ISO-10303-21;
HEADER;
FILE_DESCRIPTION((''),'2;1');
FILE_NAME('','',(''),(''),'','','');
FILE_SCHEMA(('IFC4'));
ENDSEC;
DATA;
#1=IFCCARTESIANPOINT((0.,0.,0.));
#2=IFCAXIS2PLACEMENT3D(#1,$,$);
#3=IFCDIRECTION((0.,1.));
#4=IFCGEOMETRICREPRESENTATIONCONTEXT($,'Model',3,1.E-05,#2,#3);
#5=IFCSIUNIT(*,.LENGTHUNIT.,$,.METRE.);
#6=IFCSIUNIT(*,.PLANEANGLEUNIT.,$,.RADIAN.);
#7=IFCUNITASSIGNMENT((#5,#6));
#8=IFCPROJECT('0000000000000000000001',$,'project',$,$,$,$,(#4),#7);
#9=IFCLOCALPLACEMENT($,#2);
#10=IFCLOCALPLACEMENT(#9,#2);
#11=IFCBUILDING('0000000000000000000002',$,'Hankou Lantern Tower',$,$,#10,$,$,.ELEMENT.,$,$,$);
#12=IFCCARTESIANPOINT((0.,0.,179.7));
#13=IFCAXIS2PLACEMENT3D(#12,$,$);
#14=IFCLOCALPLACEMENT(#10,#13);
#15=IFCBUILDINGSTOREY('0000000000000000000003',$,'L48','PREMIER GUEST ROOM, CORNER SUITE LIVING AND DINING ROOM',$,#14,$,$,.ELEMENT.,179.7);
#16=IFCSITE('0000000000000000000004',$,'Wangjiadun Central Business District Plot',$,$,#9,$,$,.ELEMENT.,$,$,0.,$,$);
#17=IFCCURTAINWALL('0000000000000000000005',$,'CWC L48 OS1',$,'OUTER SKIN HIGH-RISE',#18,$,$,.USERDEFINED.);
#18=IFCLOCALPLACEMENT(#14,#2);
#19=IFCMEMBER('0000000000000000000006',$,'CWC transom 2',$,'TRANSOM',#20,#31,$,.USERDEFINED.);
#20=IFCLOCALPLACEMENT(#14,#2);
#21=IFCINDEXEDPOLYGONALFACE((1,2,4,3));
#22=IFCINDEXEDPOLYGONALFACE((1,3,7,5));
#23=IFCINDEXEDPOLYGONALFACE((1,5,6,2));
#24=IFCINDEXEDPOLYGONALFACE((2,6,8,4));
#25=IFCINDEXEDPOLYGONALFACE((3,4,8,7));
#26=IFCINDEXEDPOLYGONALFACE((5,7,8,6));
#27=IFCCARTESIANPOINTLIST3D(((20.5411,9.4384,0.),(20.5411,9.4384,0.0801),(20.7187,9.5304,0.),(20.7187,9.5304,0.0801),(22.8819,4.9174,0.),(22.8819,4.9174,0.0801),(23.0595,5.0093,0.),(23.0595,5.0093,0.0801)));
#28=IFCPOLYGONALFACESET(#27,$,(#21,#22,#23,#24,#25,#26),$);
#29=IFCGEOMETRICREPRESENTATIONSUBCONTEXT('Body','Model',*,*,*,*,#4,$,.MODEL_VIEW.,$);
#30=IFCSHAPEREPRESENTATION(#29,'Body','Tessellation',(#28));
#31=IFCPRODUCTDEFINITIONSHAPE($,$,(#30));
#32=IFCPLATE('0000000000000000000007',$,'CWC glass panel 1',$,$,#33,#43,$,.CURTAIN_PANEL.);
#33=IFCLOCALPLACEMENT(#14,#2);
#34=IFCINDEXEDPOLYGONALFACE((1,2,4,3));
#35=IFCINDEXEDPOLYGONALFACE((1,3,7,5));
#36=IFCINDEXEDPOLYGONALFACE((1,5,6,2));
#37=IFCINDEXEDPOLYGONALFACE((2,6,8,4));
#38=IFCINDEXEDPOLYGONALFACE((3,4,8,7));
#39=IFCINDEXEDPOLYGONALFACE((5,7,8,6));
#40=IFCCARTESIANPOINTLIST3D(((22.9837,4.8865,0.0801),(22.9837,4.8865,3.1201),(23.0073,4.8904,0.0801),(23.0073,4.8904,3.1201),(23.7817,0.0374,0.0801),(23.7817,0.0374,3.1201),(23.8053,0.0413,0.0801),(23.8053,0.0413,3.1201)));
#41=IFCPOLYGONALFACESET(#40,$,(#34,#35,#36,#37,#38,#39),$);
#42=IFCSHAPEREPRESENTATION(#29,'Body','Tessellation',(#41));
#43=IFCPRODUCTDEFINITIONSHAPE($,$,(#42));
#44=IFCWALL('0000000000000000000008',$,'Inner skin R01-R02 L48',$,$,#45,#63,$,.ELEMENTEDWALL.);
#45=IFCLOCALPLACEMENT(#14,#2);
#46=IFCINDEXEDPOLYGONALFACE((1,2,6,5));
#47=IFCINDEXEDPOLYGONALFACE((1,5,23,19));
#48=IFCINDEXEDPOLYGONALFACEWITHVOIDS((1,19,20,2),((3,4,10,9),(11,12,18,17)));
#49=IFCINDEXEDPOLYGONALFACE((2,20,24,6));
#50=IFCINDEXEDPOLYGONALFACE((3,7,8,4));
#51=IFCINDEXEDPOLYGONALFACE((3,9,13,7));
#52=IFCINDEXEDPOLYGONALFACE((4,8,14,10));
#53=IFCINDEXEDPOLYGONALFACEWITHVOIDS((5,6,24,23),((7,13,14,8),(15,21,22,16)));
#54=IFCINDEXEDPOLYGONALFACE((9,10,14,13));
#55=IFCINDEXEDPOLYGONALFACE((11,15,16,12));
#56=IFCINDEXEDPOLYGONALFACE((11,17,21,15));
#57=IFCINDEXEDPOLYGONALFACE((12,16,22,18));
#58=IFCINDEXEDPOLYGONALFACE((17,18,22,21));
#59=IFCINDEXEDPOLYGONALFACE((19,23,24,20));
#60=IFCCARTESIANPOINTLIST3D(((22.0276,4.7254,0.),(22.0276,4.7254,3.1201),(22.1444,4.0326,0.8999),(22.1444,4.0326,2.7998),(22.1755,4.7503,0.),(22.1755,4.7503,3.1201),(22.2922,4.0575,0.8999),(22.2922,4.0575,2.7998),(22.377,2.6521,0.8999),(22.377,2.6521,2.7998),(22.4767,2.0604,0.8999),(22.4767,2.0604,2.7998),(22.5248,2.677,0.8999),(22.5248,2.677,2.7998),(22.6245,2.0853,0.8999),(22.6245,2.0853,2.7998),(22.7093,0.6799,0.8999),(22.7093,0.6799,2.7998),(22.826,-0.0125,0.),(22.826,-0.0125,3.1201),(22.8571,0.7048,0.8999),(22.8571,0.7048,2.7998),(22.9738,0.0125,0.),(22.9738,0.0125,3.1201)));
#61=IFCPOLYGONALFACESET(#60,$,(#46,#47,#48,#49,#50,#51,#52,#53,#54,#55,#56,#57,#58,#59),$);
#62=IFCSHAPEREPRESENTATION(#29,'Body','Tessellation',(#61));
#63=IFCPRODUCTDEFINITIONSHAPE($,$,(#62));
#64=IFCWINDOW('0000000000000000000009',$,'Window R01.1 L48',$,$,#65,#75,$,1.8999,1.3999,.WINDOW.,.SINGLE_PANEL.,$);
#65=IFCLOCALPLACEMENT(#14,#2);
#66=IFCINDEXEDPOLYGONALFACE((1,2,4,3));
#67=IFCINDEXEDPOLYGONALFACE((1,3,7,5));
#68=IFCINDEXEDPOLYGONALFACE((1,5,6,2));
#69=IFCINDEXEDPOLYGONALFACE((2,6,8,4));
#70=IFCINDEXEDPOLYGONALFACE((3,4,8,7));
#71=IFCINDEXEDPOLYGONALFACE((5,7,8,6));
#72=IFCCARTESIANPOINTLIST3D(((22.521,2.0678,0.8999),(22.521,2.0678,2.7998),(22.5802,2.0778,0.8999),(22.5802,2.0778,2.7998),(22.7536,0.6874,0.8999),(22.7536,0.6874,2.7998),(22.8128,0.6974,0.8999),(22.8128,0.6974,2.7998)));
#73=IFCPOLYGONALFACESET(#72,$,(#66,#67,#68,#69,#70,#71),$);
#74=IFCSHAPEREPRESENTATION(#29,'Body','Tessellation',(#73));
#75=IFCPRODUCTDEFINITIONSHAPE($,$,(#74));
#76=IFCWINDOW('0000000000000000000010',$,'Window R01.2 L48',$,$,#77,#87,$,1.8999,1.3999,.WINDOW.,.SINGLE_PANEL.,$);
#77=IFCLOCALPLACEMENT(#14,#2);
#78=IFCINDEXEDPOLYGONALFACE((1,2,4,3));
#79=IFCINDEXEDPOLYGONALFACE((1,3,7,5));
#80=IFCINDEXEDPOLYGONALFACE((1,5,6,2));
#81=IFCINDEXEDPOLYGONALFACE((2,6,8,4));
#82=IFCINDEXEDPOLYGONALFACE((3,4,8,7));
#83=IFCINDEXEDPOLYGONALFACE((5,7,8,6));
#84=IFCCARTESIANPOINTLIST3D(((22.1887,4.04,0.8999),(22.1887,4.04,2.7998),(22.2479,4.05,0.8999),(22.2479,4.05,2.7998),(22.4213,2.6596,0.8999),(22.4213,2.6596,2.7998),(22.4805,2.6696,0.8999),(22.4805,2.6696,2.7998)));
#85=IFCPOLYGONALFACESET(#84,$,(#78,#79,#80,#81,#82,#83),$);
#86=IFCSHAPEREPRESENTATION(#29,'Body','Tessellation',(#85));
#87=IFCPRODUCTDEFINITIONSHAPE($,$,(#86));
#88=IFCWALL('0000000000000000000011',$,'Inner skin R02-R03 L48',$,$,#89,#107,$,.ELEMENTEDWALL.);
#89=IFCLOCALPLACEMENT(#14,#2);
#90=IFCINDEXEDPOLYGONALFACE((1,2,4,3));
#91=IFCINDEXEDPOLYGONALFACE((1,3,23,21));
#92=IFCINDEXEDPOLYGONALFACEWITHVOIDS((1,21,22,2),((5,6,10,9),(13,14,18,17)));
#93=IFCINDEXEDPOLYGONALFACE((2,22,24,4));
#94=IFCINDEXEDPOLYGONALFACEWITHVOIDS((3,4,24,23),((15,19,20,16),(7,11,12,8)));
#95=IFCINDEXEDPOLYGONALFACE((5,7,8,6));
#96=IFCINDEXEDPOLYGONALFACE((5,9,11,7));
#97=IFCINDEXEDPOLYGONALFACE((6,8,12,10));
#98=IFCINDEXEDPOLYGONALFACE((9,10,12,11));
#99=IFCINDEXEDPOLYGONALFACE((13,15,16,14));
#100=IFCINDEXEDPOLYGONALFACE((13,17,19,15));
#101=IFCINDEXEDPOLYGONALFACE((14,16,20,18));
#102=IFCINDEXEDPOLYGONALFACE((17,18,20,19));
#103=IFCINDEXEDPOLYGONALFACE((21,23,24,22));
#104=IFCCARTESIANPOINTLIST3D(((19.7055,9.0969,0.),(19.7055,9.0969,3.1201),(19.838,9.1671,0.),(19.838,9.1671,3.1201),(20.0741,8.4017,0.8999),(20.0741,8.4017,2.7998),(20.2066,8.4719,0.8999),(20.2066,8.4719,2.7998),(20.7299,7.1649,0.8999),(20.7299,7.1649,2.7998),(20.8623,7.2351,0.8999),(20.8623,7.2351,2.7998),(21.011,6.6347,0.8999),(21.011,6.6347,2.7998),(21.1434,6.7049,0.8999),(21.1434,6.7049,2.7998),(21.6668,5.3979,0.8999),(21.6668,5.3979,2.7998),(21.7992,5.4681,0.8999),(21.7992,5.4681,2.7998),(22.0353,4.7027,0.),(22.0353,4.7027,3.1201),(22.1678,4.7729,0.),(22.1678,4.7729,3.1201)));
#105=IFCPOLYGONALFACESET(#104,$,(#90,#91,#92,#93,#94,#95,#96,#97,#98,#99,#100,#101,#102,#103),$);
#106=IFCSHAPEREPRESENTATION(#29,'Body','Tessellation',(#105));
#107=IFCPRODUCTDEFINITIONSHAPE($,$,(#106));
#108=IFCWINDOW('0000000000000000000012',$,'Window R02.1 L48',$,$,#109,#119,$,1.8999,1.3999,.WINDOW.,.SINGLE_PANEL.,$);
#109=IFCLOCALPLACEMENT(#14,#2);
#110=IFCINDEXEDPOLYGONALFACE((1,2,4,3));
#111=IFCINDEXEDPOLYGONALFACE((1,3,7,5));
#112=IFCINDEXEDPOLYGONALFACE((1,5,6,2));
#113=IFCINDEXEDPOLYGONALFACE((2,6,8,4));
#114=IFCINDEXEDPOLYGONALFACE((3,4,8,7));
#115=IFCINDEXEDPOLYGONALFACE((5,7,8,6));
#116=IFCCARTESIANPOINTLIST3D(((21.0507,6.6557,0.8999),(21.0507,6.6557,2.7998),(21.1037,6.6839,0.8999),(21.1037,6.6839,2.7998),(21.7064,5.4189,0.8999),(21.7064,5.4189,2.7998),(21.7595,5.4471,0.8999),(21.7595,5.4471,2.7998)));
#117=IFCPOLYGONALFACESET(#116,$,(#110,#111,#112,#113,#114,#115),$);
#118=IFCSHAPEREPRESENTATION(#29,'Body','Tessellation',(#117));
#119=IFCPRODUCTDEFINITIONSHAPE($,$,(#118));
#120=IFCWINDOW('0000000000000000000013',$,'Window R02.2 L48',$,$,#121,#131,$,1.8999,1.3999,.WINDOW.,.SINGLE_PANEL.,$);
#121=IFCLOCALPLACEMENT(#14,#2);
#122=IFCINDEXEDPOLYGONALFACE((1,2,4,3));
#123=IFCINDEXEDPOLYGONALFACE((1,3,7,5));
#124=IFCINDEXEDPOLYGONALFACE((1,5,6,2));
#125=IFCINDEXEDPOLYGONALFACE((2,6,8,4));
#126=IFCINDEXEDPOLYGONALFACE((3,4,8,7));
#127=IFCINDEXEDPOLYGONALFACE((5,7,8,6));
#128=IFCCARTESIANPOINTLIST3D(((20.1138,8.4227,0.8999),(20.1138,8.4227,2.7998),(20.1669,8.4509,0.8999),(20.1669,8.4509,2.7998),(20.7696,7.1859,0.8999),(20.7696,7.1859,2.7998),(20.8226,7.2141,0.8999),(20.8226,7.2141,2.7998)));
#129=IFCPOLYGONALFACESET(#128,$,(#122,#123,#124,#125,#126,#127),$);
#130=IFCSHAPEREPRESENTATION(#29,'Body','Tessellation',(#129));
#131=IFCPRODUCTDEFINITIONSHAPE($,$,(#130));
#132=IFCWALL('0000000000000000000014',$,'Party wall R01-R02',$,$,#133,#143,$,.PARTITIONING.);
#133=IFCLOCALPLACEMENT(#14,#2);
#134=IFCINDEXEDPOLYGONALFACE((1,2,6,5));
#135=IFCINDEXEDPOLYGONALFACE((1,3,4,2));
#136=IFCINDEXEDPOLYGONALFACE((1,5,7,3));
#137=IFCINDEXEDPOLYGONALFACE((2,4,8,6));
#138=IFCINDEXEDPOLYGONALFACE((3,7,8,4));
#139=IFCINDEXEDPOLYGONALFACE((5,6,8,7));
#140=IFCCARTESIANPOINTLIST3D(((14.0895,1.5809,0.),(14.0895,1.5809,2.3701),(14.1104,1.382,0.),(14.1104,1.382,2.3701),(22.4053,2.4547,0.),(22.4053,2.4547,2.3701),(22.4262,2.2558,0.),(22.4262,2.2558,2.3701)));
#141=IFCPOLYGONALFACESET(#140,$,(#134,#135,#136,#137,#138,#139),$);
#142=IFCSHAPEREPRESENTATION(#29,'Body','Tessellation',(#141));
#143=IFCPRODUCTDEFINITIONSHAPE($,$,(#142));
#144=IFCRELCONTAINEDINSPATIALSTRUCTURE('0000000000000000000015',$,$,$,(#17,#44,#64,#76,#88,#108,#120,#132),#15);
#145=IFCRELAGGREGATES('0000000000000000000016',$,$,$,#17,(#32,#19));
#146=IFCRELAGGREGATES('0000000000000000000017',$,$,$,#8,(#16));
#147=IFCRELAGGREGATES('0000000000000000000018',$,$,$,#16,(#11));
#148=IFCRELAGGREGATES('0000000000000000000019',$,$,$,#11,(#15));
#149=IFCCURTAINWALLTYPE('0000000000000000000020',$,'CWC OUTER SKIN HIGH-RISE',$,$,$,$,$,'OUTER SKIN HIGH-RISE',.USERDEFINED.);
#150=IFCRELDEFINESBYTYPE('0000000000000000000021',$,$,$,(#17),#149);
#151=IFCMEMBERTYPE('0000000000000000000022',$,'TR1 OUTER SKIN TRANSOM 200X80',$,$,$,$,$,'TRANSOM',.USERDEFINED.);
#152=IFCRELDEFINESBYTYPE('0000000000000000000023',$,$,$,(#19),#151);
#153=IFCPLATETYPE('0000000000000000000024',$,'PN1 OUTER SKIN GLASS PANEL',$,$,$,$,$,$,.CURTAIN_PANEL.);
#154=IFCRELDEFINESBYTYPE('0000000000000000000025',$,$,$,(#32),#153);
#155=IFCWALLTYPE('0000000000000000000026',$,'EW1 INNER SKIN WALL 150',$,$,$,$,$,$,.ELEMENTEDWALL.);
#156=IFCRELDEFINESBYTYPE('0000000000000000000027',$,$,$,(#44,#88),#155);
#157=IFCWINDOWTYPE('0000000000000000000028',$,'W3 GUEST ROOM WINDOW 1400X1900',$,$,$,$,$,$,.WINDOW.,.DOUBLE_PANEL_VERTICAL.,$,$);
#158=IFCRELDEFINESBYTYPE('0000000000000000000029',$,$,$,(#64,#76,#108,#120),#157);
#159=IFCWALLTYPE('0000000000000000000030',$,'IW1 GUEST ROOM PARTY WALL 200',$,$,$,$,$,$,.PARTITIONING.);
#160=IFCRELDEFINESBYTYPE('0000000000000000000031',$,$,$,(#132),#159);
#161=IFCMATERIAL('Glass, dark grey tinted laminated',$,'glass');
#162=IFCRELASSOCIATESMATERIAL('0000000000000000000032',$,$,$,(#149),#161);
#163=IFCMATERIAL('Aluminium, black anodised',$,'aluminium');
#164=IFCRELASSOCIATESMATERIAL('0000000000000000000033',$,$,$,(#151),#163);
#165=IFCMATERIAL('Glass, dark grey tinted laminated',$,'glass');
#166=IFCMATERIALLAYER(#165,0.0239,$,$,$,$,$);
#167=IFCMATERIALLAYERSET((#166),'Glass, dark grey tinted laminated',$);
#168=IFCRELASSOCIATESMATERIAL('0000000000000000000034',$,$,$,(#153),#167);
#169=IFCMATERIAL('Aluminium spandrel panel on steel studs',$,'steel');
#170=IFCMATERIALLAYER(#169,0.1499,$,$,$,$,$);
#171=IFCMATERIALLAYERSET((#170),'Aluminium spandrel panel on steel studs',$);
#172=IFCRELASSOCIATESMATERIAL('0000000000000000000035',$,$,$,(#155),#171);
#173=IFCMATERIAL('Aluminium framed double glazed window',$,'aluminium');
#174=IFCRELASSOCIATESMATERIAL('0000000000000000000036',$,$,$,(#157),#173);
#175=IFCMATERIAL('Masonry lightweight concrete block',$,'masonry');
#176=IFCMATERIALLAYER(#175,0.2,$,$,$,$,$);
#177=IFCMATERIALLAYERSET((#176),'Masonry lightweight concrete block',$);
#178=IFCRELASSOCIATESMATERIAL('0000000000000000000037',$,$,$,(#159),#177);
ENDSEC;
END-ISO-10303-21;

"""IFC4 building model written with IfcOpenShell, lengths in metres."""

from ifc_helpers import new_model, si_unit, direction, frame, frame_2d, origin, origin_2d, place, context, subcontext, project, spatial, rectangle, extrude, material, layer, layer_set, material_profile, profile_set, type_object, element, fill, aggregate, save


model = new_model("IFC4")

# Units and contexts
model_context = context("Model", 3, precision=1e-05, world=origin(), true_north=direction((0.0, 1.0)))
body_context = subcontext(model_context, "Body", "Model", "MODEL_VIEW")
ifc_project = project(units=[si_unit("LENGTHUNIT", "METRE"), si_unit("PLANEANGLEUNIT", "RADIAN")], contexts=[model_context])

# Site, building, storey
site_placement = place(None, origin())
site = spatial("IfcSite", under=ifc_project, at=site_placement, Name="Wangjiadun Central Business District Plot", CompositionType="ELEMENT", RefElevation=0.0)
building_placement = place(site_placement, origin())
building = spatial("IfcBuilding", under=site, at=building_placement, Name="Hankou Lantern Tower", CompositionType="ELEMENT")
storey_placement = place(building_placement, frame((0.0, 0.0, 179.7)))
storey = spatial("IfcBuildingStorey", under=building, at=storey_placement, Name="L48", Description="PREMIER GUEST ROOM, CORNER SUITE LIVING AND DINING ROOM", CompositionType="ELEMENT", Elevation=179.7)

# Curtain wall
ifc_material_1 = material(Name="Glass, dark grey tinted laminated", Category="glass")
curtain_wall_type = type_object("IfcCurtainWallType", Name="CWC OUTER SKIN HIGH-RISE", ElementType="OUTER SKIN HIGH-RISE", PredefinedType="USERDEFINED", material=ifc_material_1)
curtain_wall_placement = place(storey_placement, origin())
curtain_wall = element("IfcCurtainWall", 1, at=curtain_wall_placement, inside=storey, type_object=curtain_wall_type, Name="CWC L48 OS1", ObjectType="OUTER SKIN HIGH-RISE", PredefinedType="USERDEFINED")

# Member
ifc_material_2 = material(Name="Aluminium, black anodised", Category="aluminium")
ifc_material_profile_1 = material_profile(ifc_material_2, rectangle(XDim=0.2, YDim=0.0801, at=origin_2d()), Name="TR1 200X80")
ifc_profile_set_1 = profile_set([ifc_material_profile_1], Name="Aluminium, black anodised")
member_type_1 = type_object("IfcMemberType", Name="TR1 OUTER SKIN TRANSOM 200X80", ElementType="TRANSOM", PredefinedType="USERDEFINED", material=ifc_profile_set_1)
member_1_placement = place(storey_placement, frame((22.9707, 4.9634, 0.04), z_axis=(-0.459791, 0.888027, 0.0), x_axis=(-0.888027, -0.459791, 0.0)))
member_1 = element("IfcMember", 2, at=member_1_placement, type_object=member_type_1, Name="CWC transom 2", ObjectType="TRANSOM", PredefinedType="USERDEFINED", context=body_context, shape_type="SweptSolid", body=[
    extrude(rectangle(XDim=0.2, YDim=0.0801, at=origin_2d()), origin(), (0.0, 0.0, 1.0), 5.0911),
])

# Plate
ifc_material_3 = material(Name="Glass, dark grey tinted laminated", Category="glass")
ifc_layer_1 = layer(ifc_material_3, 0.0239)
ifc_layer_set_1 = layer_set([ifc_layer_1], Name="Glass, dark grey tinted laminated")
plate_type = type_object("IfcPlateType", Name="PN1 OUTER SKIN GLASS PANEL", PredefinedType="CURTAIN_PANEL", material=ifc_layer_set_1)
plate_placement = place(storey_placement, frame((23.3945, 2.4639, 0.0801), z_axis=(0.0, 0.0, 1.0), x_axis=(-0.162382, 0.986728, 0.0)))
plate = element("IfcPlate", 3, at=plate_placement, type_object=plate_type, Name="CWC glass panel 1", PredefinedType="CURTAIN_PANEL", context=body_context, shape_type="SweptSolid", body=[
    extrude(rectangle(XDim=4.9143, YDim=0.0239, at=origin_2d()), origin(), (0.0, 0.0, 1.0), 3.04),
])
aggregate(curtain_wall, [plate, member_1])

# Walls, openings, windows
ifc_material_4 = material(Name="Aluminium spandrel panel on steel studs", Category="steel")
ifc_layer_2 = layer(ifc_material_4, 0.1499)
ifc_layer_set_2 = layer_set([ifc_layer_2], Name="Aluminium spandrel panel on steel studs")
wall_type_1 = type_object("IfcWallType", Name="EW1 INNER SKIN WALL 150", PredefinedType="ELEMENTEDWALL", material=ifc_layer_set_2)
wall_1_placement = place(storey_placement, frame((22.8999, 0.0, 0.0), z_axis=(0.0, 0.0, 1.0), x_axis=(-0.166162, 0.986098, 0.0)))
wall_1 = element("IfcWall", 4, at=wall_1_placement, inside=storey, type_object=wall_type_1, Name="Inner skin R01-R02 L48", PredefinedType="ELEMENTEDWALL", context=body_context, shape_type="SweptSolid", body=[
    extrude(rectangle(XDim=4.8047, YDim=0.1499, at=frame_2d((2.4023, 0.0))), origin(), (0.0, 0.0, 1.0), 3.1201),
])
opening_1_placement = place(wall_1_placement, frame((0.7021, 0.0, 0.8999)))
opening_1 = element("IfcOpeningElement", 5, at=opening_1_placement, cuts=wall_1, PredefinedType="OPENING", context=body_context, shape_type="SweptSolid", body=[
    extrude(rectangle(XDim=1.3999, YDim=1.8999, at=frame_2d((0.7, 0.95))), frame((0.0, 0.085, 0.0), z_axis=(0.0, -1.0, 0.0), x_axis=(1.0, 0.0, 0.0)), (0.0, 0.0, 1.0), 0.1699),
])
opening_2_placement = place(wall_1_placement, frame((2.7021, 0.0, 0.8999)))
opening_2 = element("IfcOpeningElement", 6, at=opening_2_placement, cuts=wall_1, PredefinedType="OPENING", context=body_context, shape_type="SweptSolid", body=[
    extrude(rectangle(XDim=1.3999, YDim=1.8999, at=frame_2d((0.7, 0.95))), frame((0.0, 0.085, 0.0), z_axis=(0.0, -1.0, 0.0), x_axis=(1.0, 0.0, 0.0)), (0.0, 0.0, 1.0), 0.1699),
])
ifc_material_5 = material(Name="Aluminium framed double glazed window", Category="aluminium")
window_type = type_object("IfcWindowType", Name="W3 GUEST ROOM WINDOW 1400X1900", PartitioningType="DOUBLE_PANEL_VERTICAL", PredefinedType="WINDOW", material=ifc_material_5)
window_1_placement = place(opening_1_placement, origin())
window_1 = element("IfcWindow", 7, at=window_1_placement, inside=storey, type_object=window_type, Name="Window R01.1 L48", OverallHeight=1.8999, OverallWidth=1.3999, PartitioningType="SINGLE_PANEL", PredefinedType="WINDOW", context=body_context, shape_type="SweptSolid", body=[
    extrude(rectangle(XDim=1.3999, YDim=1.8999, at=frame_2d((0.7, 0.95))), frame((0.0, 0.03, 0.0), z_axis=(0.0, -1.0, 0.0), x_axis=(1.0, 0.0, 0.0)), (0.0, 0.0, 1.0), 0.0601),
])
fill(opening_1, window_1)
window_2_placement = place(opening_2_placement, origin())
window_2 = element("IfcWindow", 8, at=window_2_placement, inside=storey, type_object=window_type, Name="Window R01.2 L48", OverallHeight=1.8999, OverallWidth=1.3999, PartitioningType="SINGLE_PANEL", PredefinedType="WINDOW", context=body_context, shape_type="SweptSolid", body=[
    extrude(rectangle(XDim=1.3999, YDim=1.8999, at=frame_2d((0.7, 0.95))), frame((0.0, 0.03, 0.0), z_axis=(0.0, -1.0, 0.0), x_axis=(1.0, 0.0, 0.0)), (0.0, 0.0, 1.0), 0.0601),
])
fill(opening_2, window_2)
wall_2_placement = place(storey_placement, frame((22.1016, 4.7378, 0.0), z_axis=(0.0, 0.0, 1.0), x_axis=(-0.468429, 0.883501, 0.0)))
wall_2 = element("IfcWall", 9, at=wall_2_placement, inside=storey, type_object=wall_type_1, Name="Inner skin R02-R03 L48", PredefinedType="ELEMENTEDWALL", context=body_context, shape_type="SweptSolid", body=[
    extrude(rectangle(XDim=4.9736, YDim=0.1499, at=frame_2d((2.4868, 0.0))), origin(), (0.0, 0.0, 1.0), 3.1201),
])
opening_3_placement = place(wall_2_placement, frame((0.7869, 0.0, 0.8999)))
opening_3 = element("IfcOpeningElement", 10, at=opening_3_placement, cuts=wall_2, PredefinedType="OPENING", context=body_context, shape_type="SweptSolid", body=[
    extrude(rectangle(XDim=1.3999, YDim=1.8999, at=frame_2d((0.7, 0.95))), frame((0.0, 0.085, 0.0), z_axis=(0.0, -1.0, 0.0), x_axis=(1.0, 0.0, 0.0)), (0.0, 0.0, 1.0), 0.1699),
])
opening_4_placement = place(wall_2_placement, frame((2.7869, 0.0, 0.8999)))
opening_4 = element("IfcOpeningElement", 11, at=opening_4_placement, cuts=wall_2, PredefinedType="OPENING", context=body_context, shape_type="SweptSolid", body=[
    extrude(rectangle(XDim=1.3999, YDim=1.8999, at=frame_2d((0.7, 0.95))), frame((0.0, 0.085, 0.0), z_axis=(0.0, -1.0, 0.0), x_axis=(1.0, 0.0, 0.0)), (0.0, 0.0, 1.0), 0.1699),
])
window_3_placement = place(opening_3_placement, origin())
window_3 = element("IfcWindow", 12, at=window_3_placement, inside=storey, type_object=window_type, Name="Window R02.1 L48", OverallHeight=1.8999, OverallWidth=1.3999, PartitioningType="SINGLE_PANEL", PredefinedType="WINDOW", context=body_context, shape_type="SweptSolid", body=[
    extrude(rectangle(XDim=1.3999, YDim=1.8999, at=frame_2d((0.7, 0.95))), frame((0.0, 0.03, 0.0), z_axis=(0.0, -1.0, 0.0), x_axis=(1.0, 0.0, 0.0)), (0.0, 0.0, 1.0), 0.0601),
])
fill(opening_3, window_3)
window_4_placement = place(opening_4_placement, origin())
window_4 = element("IfcWindow", 13, at=window_4_placement, inside=storey, type_object=window_type, Name="Window R02.2 L48", OverallHeight=1.8999, OverallWidth=1.3999, PartitioningType="SINGLE_PANEL", PredefinedType="WINDOW", context=body_context, shape_type="SweptSolid", body=[
    extrude(rectangle(XDim=1.3999, YDim=1.8999, at=frame_2d((0.7, 0.95))), frame((0.0, 0.03, 0.0), z_axis=(0.0, -1.0, 0.0), x_axis=(1.0, 0.0, 0.0)), (0.0, 0.0, 1.0), 0.0601),
])
fill(opening_4, window_4)

# Wall
ifc_material_6 = material(Name="Masonry lightweight concrete block", Category="masonry")
ifc_layer_3 = layer(ifc_material_6, 0.2)
ifc_layer_set_3 = layer_set([ifc_layer_3], Name="Masonry lightweight concrete block")
wall_type_2 = type_object("IfcWallType", Name="IW1 GUEST ROOM PARTY WALL 200", PredefinedType="PARTITIONING", material=ifc_layer_set_3)
wall_3_placement = place(storey_placement, frame((14.1001, 1.4814, 0.0), z_axis=(0.0, 0.0, 1.0), x_axis=(0.994525, 0.104501, 0.0)))
element("IfcWall", 14, at=wall_3_placement, inside=storey, type_object=wall_type_2, Name="Party wall R01-R02", PredefinedType="PARTITIONING", context=body_context, shape_type="SweptSolid", body=[
    extrude(rectangle(XDim=8.3616, YDim=0.2, at=frame_2d((4.1807, 0.0))), origin(), (0.0, 0.0, 1.0), 2.3701),
])

save(model, "model.ifc")
